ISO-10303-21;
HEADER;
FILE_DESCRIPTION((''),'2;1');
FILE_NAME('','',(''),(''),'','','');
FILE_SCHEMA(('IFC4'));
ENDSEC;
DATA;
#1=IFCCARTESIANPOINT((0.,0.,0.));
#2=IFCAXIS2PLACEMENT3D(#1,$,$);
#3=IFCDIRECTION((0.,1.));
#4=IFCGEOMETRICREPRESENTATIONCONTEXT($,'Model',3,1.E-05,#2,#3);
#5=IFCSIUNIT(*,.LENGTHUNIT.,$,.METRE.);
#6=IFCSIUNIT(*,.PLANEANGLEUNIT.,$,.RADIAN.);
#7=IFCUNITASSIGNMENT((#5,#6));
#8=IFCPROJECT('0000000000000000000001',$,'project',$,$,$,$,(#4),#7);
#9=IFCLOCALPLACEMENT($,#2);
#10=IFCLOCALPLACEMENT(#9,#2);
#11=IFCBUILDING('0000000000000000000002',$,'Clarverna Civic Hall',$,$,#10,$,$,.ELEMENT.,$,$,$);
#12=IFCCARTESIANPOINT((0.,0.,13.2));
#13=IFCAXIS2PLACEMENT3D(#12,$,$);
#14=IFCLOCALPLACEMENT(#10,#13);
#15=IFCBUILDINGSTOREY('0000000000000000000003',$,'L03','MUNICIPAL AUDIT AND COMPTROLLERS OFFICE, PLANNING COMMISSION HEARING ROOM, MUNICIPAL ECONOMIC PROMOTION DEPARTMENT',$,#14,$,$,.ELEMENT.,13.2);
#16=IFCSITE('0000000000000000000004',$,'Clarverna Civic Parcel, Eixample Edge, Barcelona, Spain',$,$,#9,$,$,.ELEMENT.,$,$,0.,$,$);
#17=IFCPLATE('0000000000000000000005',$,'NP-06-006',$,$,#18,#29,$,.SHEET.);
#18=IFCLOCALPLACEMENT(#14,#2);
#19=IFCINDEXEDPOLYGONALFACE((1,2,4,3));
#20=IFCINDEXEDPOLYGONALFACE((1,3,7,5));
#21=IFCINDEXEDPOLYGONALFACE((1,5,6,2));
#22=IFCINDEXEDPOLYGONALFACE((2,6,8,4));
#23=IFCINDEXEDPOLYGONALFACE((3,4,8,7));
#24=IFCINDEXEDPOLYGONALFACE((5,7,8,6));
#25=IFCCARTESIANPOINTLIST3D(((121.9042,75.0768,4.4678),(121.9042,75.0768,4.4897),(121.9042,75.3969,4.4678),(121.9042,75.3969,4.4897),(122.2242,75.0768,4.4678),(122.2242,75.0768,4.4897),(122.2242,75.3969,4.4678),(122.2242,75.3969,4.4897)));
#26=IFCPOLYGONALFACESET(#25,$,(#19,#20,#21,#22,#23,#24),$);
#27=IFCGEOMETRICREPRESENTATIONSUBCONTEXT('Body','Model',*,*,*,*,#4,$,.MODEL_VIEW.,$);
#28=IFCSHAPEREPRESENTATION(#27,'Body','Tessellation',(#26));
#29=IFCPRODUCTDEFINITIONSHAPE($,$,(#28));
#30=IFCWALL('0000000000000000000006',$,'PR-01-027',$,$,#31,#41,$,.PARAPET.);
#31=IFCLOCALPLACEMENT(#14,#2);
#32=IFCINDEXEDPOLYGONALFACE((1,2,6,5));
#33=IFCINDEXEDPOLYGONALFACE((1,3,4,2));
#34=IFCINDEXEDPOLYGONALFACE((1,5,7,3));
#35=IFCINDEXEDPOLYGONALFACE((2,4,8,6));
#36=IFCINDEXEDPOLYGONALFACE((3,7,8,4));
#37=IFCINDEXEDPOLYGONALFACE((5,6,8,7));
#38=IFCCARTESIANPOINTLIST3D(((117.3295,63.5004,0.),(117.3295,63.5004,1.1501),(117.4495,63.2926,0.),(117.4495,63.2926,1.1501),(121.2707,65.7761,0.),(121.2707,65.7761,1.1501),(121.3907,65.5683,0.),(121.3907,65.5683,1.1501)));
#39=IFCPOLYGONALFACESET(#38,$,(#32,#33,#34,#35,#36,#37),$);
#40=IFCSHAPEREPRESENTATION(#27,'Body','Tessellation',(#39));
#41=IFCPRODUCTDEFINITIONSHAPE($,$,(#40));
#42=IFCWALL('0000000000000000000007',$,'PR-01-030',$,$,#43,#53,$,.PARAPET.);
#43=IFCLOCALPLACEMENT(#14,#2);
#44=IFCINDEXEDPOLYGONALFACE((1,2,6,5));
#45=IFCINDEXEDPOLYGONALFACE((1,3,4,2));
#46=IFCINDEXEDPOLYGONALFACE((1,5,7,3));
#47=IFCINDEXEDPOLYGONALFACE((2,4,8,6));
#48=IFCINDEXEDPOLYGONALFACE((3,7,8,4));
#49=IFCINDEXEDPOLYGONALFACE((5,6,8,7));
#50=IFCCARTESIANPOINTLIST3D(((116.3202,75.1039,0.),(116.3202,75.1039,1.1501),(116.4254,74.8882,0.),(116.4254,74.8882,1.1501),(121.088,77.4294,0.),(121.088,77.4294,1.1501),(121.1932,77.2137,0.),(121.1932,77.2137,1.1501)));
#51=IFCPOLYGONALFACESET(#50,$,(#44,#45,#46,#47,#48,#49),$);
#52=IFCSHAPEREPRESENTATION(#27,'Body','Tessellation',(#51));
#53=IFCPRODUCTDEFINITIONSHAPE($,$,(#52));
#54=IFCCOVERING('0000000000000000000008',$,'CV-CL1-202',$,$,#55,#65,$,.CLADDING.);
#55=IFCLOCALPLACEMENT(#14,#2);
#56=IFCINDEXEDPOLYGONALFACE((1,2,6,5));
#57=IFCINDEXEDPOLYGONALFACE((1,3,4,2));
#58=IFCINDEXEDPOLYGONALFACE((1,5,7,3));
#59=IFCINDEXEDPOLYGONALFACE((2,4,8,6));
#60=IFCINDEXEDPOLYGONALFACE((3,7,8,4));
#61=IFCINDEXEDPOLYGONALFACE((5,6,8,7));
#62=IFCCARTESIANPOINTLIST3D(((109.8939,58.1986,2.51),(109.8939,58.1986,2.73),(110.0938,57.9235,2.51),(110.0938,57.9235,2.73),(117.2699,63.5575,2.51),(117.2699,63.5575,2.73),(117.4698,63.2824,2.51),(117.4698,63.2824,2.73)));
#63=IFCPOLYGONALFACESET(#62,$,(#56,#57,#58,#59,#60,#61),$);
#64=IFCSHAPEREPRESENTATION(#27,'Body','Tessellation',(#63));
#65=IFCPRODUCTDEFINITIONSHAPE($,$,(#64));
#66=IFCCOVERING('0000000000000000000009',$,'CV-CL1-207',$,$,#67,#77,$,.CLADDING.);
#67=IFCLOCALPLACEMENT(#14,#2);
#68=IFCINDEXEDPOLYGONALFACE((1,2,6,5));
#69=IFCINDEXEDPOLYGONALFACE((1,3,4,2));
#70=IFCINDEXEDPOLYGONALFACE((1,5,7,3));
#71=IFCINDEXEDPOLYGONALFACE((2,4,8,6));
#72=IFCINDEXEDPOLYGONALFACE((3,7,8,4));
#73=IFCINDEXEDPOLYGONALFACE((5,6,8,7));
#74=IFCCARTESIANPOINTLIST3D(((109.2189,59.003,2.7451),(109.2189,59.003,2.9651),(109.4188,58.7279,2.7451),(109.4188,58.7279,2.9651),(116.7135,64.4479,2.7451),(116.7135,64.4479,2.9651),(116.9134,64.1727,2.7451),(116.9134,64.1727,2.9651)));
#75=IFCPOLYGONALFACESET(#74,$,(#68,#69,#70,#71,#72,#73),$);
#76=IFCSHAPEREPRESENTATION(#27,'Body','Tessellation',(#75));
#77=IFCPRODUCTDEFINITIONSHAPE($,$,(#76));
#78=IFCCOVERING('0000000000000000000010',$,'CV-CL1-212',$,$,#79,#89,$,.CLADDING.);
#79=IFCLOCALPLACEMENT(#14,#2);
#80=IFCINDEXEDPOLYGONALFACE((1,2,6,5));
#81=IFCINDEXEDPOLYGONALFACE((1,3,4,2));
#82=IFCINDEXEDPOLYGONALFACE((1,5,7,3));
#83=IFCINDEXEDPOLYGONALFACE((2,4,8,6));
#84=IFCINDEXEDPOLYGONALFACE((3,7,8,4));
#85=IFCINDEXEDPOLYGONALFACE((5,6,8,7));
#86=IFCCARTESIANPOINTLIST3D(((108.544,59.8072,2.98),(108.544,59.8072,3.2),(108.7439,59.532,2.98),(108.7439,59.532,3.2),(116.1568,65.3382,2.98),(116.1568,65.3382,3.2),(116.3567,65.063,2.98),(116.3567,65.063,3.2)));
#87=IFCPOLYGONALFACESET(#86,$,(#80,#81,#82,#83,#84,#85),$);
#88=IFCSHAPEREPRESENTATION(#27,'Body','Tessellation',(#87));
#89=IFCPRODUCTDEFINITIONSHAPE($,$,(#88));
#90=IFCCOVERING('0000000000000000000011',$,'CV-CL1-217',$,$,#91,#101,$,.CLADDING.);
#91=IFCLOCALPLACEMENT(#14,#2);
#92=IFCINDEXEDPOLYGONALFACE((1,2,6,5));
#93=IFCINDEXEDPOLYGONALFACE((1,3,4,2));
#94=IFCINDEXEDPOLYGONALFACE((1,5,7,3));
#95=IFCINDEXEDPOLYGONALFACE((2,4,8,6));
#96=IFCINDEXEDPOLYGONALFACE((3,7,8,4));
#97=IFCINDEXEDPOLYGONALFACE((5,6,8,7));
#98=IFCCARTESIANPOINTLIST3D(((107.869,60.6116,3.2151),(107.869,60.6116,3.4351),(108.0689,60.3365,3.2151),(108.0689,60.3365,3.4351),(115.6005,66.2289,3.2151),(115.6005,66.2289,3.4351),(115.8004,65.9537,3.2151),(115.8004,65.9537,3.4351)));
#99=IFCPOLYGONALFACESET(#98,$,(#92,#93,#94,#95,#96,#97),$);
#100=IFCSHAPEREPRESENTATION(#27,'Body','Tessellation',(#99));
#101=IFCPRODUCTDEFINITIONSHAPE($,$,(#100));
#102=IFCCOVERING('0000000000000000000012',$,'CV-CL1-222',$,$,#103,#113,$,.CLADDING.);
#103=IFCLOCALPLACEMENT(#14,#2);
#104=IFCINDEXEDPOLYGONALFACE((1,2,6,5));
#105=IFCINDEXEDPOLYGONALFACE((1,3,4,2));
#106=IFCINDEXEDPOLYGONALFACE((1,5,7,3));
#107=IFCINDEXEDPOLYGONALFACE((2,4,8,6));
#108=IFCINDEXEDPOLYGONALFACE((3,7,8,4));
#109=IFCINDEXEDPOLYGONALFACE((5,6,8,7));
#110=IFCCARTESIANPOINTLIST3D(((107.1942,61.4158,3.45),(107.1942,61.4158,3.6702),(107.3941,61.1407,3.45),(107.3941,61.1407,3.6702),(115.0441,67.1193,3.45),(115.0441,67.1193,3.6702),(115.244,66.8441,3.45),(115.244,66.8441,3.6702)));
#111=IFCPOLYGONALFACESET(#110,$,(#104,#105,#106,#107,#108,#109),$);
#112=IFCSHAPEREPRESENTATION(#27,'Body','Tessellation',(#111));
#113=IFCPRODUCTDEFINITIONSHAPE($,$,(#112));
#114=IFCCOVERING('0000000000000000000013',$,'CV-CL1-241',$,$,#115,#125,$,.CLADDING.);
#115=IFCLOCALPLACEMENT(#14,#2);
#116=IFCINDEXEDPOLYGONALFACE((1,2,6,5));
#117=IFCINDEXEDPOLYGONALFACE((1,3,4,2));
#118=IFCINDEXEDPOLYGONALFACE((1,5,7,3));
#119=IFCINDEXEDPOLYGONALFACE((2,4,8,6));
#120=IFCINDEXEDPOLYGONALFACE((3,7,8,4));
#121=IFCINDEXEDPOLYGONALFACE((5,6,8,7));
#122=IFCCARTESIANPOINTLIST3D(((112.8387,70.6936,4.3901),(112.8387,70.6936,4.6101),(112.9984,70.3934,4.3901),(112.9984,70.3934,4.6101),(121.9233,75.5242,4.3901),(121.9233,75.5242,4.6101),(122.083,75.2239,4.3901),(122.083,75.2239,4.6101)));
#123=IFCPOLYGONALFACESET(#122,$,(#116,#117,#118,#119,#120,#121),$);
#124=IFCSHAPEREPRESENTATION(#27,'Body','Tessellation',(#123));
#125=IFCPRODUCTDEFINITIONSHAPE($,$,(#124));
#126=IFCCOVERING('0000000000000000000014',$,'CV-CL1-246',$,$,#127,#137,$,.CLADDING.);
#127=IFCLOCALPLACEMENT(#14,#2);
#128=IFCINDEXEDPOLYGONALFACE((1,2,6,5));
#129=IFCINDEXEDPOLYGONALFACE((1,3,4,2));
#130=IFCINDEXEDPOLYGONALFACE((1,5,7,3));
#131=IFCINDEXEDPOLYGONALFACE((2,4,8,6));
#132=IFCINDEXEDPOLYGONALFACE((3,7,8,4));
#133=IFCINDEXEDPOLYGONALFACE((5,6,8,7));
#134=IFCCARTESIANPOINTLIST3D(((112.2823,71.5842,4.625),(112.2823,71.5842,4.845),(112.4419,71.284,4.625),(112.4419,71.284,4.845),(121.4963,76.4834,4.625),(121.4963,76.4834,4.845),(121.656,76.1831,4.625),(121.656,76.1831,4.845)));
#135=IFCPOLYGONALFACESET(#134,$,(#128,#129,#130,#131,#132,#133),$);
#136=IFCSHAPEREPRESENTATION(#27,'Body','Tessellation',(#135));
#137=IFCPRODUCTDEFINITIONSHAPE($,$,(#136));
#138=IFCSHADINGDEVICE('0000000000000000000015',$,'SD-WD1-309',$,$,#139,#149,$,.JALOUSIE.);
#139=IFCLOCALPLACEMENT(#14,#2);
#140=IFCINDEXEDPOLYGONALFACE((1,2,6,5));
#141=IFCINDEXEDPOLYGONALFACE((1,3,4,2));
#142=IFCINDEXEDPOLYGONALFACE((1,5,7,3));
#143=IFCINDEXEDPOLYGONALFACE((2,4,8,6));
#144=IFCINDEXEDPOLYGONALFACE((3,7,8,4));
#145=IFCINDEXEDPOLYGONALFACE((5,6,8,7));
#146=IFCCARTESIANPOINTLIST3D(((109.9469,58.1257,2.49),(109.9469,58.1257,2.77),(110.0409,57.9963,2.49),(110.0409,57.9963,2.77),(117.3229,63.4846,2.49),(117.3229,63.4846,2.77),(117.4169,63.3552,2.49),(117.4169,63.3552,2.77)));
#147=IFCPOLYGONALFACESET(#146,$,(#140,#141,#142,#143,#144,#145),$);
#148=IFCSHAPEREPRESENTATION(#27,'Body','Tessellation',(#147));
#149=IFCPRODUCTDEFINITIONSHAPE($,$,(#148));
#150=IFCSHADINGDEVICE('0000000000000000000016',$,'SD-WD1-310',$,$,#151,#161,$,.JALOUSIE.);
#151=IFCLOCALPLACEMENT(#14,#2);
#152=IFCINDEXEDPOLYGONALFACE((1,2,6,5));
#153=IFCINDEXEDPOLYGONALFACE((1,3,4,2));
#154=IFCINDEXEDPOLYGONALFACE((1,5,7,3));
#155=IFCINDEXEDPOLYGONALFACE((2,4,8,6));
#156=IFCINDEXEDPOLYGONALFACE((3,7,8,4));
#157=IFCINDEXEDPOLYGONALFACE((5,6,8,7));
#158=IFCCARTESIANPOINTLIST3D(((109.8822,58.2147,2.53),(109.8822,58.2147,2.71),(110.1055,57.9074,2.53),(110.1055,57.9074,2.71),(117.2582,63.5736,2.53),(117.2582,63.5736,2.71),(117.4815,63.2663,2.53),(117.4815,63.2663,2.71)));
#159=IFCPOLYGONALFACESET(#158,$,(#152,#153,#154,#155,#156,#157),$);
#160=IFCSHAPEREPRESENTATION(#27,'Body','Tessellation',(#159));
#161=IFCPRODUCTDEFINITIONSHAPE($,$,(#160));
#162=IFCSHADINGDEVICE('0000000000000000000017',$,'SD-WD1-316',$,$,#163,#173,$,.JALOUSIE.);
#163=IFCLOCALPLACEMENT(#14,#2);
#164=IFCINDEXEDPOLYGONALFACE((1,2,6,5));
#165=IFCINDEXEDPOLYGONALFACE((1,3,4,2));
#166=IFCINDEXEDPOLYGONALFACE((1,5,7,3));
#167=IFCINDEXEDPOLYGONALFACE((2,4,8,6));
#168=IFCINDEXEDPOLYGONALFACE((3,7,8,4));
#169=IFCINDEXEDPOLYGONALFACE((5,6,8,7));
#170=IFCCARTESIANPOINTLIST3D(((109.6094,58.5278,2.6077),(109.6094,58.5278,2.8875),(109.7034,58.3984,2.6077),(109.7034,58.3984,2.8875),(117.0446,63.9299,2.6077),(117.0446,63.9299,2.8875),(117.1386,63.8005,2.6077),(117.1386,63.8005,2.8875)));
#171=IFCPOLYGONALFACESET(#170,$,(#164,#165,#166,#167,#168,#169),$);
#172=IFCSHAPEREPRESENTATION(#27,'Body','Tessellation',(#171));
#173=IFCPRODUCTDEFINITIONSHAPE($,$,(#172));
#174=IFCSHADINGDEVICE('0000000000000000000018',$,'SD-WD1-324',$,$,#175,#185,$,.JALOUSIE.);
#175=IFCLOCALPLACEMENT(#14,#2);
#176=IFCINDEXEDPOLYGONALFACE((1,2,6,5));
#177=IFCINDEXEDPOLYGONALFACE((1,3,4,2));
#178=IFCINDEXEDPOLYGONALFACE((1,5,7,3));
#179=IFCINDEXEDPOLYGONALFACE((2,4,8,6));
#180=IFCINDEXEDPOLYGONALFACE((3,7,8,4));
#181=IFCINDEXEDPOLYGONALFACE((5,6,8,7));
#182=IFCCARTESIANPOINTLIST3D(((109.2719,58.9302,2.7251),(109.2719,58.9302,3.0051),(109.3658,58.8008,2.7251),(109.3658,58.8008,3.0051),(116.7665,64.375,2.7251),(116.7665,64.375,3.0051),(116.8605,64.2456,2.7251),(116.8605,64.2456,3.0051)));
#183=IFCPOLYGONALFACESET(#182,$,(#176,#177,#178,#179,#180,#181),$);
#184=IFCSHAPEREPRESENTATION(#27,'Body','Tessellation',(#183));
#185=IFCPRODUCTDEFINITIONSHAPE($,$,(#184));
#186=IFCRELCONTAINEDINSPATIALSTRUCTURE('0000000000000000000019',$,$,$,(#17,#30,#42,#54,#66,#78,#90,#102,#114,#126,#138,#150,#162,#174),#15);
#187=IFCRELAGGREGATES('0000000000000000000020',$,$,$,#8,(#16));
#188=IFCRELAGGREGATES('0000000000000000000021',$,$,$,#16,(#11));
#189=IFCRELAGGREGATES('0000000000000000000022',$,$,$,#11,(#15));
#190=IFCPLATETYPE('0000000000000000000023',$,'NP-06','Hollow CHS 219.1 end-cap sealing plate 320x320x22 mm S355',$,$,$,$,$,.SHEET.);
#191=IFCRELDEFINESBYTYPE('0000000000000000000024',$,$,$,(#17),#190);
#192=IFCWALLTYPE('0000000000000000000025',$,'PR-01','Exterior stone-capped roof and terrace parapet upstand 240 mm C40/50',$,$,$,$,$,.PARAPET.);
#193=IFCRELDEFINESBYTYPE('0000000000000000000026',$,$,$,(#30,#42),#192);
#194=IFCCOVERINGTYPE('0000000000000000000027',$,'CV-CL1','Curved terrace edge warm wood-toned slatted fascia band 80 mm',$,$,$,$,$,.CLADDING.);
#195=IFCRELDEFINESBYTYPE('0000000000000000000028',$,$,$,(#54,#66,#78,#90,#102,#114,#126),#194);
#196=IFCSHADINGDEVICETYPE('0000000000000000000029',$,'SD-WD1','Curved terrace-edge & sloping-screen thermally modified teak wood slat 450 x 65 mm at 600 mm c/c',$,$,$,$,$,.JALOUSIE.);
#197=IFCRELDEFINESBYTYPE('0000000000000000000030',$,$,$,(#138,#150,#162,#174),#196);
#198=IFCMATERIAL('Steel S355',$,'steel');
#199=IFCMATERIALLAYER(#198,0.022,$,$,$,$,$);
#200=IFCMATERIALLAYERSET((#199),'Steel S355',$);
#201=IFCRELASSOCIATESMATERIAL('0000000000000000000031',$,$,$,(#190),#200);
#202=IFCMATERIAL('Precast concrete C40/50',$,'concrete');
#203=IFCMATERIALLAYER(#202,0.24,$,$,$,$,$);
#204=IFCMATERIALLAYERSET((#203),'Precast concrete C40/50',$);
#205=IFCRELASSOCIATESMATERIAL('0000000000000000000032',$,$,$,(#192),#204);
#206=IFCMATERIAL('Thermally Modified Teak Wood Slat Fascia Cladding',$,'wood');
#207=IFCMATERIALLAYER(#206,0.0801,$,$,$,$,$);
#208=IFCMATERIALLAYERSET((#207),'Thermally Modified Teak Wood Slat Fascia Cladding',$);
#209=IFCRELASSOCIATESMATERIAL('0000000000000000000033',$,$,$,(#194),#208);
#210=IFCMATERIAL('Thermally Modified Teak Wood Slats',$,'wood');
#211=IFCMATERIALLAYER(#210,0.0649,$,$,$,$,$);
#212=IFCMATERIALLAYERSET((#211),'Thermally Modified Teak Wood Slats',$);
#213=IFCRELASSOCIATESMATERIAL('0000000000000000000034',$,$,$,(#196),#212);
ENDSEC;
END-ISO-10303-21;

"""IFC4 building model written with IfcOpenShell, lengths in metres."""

from ifc_helpers import new_model, si_unit, direction, frame, frame_2d, origin, origin_2d, place, context, subcontext, project, spatial, rectangle, extrude, material, layer, layer_set, type_object, element, save


model = new_model("IFC4")

# Units and contexts
model_context = context("Model", 3, precision=1e-05, world=origin(), true_north=direction((0.0, 1.0)))
body_context = subcontext(model_context, "Body", "Model", "MODEL_VIEW")
ifc_project = project(units=[si_unit("LENGTHUNIT", "METRE"), si_unit("PLANEANGLEUNIT", "RADIAN")], contexts=[model_context])

# Site, building, storey
site_placement = place(None, origin())
site = spatial("IfcSite", under=ifc_project, at=site_placement, Name="Clarverna Civic Parcel, Eixample Edge, Barcelona, Spain", CompositionType="ELEMENT", RefElevation=0.0)
building_placement = place(site_placement, origin())
building = spatial("IfcBuilding", under=site, at=building_placement, Name="Clarverna Civic Hall", CompositionType="ELEMENT")
storey_placement = place(building_placement, frame((0.0, 0.0, 13.2)))
storey = spatial("IfcBuildingStorey", under=building, at=storey_placement, Name="L03", Description="MUNICIPAL AUDIT AND COMPTROLLERS OFFICE, PLANNING COMMISSION HEARING ROOM, MUNICIPAL ECONOMIC PROMOTION DEPARTMENT", CompositionType="ELEMENT", Elevation=13.2)

# Shared definitions
ifc_material_1 = material(Name="Steel S355", Category="steel")

# Plate
ifc_layer_1 = layer(ifc_material_1, 0.022)
ifc_layer_set_1 = layer_set([ifc_layer_1], Name="Steel S355")
plate_type = type_object("IfcPlateType", Name="NP-06", Description="Hollow CHS 219.1 end-cap sealing plate 320x320x22 mm S355", PredefinedType="SHEET", material=ifc_layer_set_1)
plate_placement = place(storey_placement, frame((122.0642, 75.2368, 4.4678), z_axis=(0.0, 0.0, 1.0), x_axis=(1.0, 0.0, 0.0)))
element("IfcPlate", 1, at=plate_placement, inside=storey, type_object=plate_type, Name="NP-06-006", PredefinedType="SHEET", context=body_context, shape_type="SweptSolid", body=[
    extrude(rectangle(XDim=0.3201, YDim=0.3201, at=origin_2d()), origin(), (0.0, 0.0, 1.0), 0.022),
])

# Walls
ifc_material_2 = material(Name="Precast concrete C40/50", Category="concrete")
ifc_layer_2 = layer(ifc_material_2, 0.24)
ifc_layer_set_2 = layer_set([ifc_layer_2], Name="Precast concrete C40/50")
wall_type = type_object("IfcWallType", Name="PR-01", Description="Exterior stone-capped roof and terrace parapet upstand 240 mm C40/50", PredefinedType="PARAPET", material=ifc_layer_set_2)
wall_1_placement = place(storey_placement, frame((121.3306, 65.6721, 0.0), z_axis=(0.0, 0.0, 1.0), x_axis=(-0.866006, -0.500034, 0.0)))
element("IfcWall", 2, at=wall_1_placement, inside=storey, type_object=wall_type, Name="PR-01-027", PredefinedType="PARAPET", context=body_context, shape_type="SweptSolid", body=[
    extrude(rectangle(XDim=4.551, YDim=0.24, at=frame_2d((2.2754, 0.0))), origin(), (0.0, 0.0, 1.0), 1.1501),
])
wall_2_placement = place(storey_placement, frame((116.3728, 74.9961, 0.0), z_axis=(0.0, 0.0, 1.0), x_axis=(0.898793, 0.438374, 0.0)))
element("IfcWall", 3, at=wall_2_placement, inside=storey, type_object=wall_type, Name="PR-01-030", PredefinedType="PARAPET", context=body_context, shape_type="SweptSolid", body=[
    extrude(rectangle(XDim=5.3047, YDim=0.24, at=frame_2d((2.6523, 0.0))), origin(), (0.0, 0.0, 1.0), 1.1501),
])

# Coverings
ifc_material_3 = material(Name="Thermally Modified Teak Wood Slat Fascia Cladding", Category="wood")
ifc_layer_3 = layer(ifc_material_3, 0.0801)
ifc_layer_set_3 = layer_set([ifc_layer_3], Name="Thermally Modified Teak Wood Slat Fascia Cladding")
covering_type = type_object("IfcCoveringType", Name="CV-CL1", Description="Curved terrace edge warm wood-toned slatted fascia band 80 mm", PredefinedType="CLADDING", material=ifc_layer_set_3)
covering_1_placement = place(storey_placement, frame((117.3699, 63.4199, 2.51), z_axis=(0.0, 0.0, 1.0), x_axis=(-0.809021, -0.58778, 0.0)))
element("IfcCovering", 4, at=covering_1_placement, inside=storey, type_object=covering_type, Name="CV-CL1-202", PredefinedType="CLADDING", context=body_context, shape_type="SweptSolid", body=[
    extrude(rectangle(XDim=9.1172, YDim=0.3401, at=frame_2d((4.5586, 0.0))), origin(), (0.0, 0.0, 1.0), 0.22),
])
covering_2_placement = place(storey_placement, frame((116.8135, 64.3103, 2.7451), z_axis=(0.0, 0.0, 1.0), x_axis=(-0.809035, -0.587761, 0.0)))
element("IfcCovering", 5, at=covering_2_placement, inside=storey, type_object=covering_type, Name="CV-CL1-207", PredefinedType="CLADDING", context=body_context, shape_type="SweptSolid", body=[
    extrude(rectangle(XDim=9.2637, YDim=0.3401, at=frame_2d((4.6318, 0.0))), origin(), (0.0, 0.0, 1.0), 0.22),
])
covering_3_placement = place(storey_placement, frame((116.2568, 65.2007, 2.98), z_axis=(0.0, 0.0, 1.0), x_axis=(-0.809018, -0.587784, 0.0)))
element("IfcCovering", 6, at=covering_3_placement, inside=storey, type_object=covering_type, Name="CV-CL1-212", PredefinedType="CLADDING", context=body_context, shape_type="SweptSolid", body=[
    extrude(rectangle(XDim=9.4099, YDim=0.3401, at=frame_2d((4.7051, 0.0))), origin(), (0.0, 0.0, 1.0), 0.22),
])
covering_4_placement = place(storey_placement, frame((115.7004, 66.0913, 3.2151), z_axis=(0.0, 0.0, 1.0), x_axis=(-0.809019, -0.587783, 0.0)))
element("IfcCovering", 7, at=covering_4_placement, inside=storey, type_object=covering_type, Name="CV-CL1-217", PredefinedType="CLADDING", context=body_context, shape_type="SweptSolid", body=[
    extrude(rectangle(XDim=9.5566, YDim=0.3401, at=frame_2d((4.7783, 0.0))), origin(), (0.0, 0.0, 1.0), 0.22),
])
covering_5_placement = place(storey_placement, frame((115.144, 66.9817, 3.45), z_axis=(0.0, 0.0, 1.0), x_axis=(-0.809011, -0.587793, 0.0)))
element("IfcCovering", 8, at=covering_5_placement, inside=storey, type_object=covering_type, Name="CV-CL1-222", PredefinedType="CLADDING", context=body_context, shape_type="SweptSolid", body=[
    extrude(rectangle(XDim=9.7031, YDim=0.3401, at=frame_2d((4.8516, 0.0))), origin(), (0.0, 0.0, 1.0), 0.2202),
])
covering_6_placement = place(storey_placement, frame((122.0032, 75.374, 4.3901), z_axis=(0.0, 0.0, 1.0), x_axis=(-0.882942, -0.469482, 0.0)))
element("IfcCovering", 9, at=covering_6_placement, inside=storey, type_object=covering_type, Name="CV-CL1-241", PredefinedType="CLADDING", context=body_context, shape_type="SweptSolid", body=[
    extrude(rectangle(XDim=10.2891, YDim=0.3401, at=frame_2d((5.1445, 0.0))), origin(), (0.0, 0.0, 1.0), 0.22),
])
covering_7_placement = place(storey_placement, frame((121.5762, 76.3333, 4.625), z_axis=(0.0, 0.0, 1.0), x_axis=(-0.88295, -0.469467, 0.0)))
element("IfcCovering", 10, at=covering_7_placement, inside=storey, type_object=covering_type, Name="CV-CL1-246", PredefinedType="CLADDING", context=body_context, shape_type="SweptSolid", body=[
    extrude(rectangle(XDim=10.4355, YDim=0.3401, at=frame_2d((5.2178, 0.0))), origin(), (0.0, 0.0, 1.0), 0.22),
])

# Shading devices
ifc_material_4 = material(Name="Thermally Modified Teak Wood Slats", Category="wood")
ifc_layer_4 = layer(ifc_material_4, 0.0649)
ifc_layer_set_4 = layer_set([ifc_layer_4], Name="Thermally Modified Teak Wood Slats")
shading_device_type = type_object("IfcShadingDeviceType", Name="SD-WD1", Description="Curved terrace-edge & sloping-screen thermally modified teak wood slat 450 x 65 mm at 600 mm c/c", PredefinedType="JALOUSIE", material=ifc_layer_set_4)
shading_device_1_placement = place(storey_placement, frame((117.3699, 63.4199, 2.49), z_axis=(0.0, 0.0, 1.0), x_axis=(-0.809021, -0.58778, 0.0)))
element("IfcShadingDevice", 11, at=shading_device_1_placement, inside=storey, type_object=shading_device_type, Name="SD-WD1-309", PredefinedType="JALOUSIE", context=body_context, shape_type="SweptSolid", body=[
    extrude(rectangle(XDim=9.1172, YDim=0.1599, at=frame_2d((4.5586, 0.0))), origin(), (0.0, 0.0, 1.0), 0.28),
])
shading_device_2_placement = place(storey_placement, frame((117.3699, 63.4199, 2.53), z_axis=(0.0, 0.0, 1.0), x_axis=(-0.809021, -0.58778, 0.0)))
element("IfcShadingDevice", 12, at=shading_device_2_placement, inside=storey, type_object=shading_device_type, Name="SD-WD1-310", PredefinedType="JALOUSIE", context=body_context, shape_type="SweptSolid", body=[
    extrude(rectangle(XDim=9.1172, YDim=0.3799, at=frame_2d((4.5586, 0.0))), origin(), (0.0, 0.0, 1.0), 0.1799),
])
shading_device_3_placement = place(storey_placement, frame((117.0916, 63.8652, 2.6077), z_axis=(0.0, 0.0, 1.0), x_axis=(-0.809006, -0.5878, 0.0)))
element("IfcShadingDevice", 13, at=shading_device_3_placement, inside=storey, type_object=shading_device_type, Name="SD-WD1-316", PredefinedType="JALOUSIE", context=body_context, shape_type="SweptSolid", body=[
    extrude(rectangle(XDim=9.1904, YDim=0.1599, at=frame_2d((4.5952, 0.0))), origin(), (0.0, 0.0, 1.0), 0.2798),
])
shading_device_4_placement = place(storey_placement, frame((116.8135, 64.3103, 2.7251), z_axis=(0.0, 0.0, 1.0), x_axis=(-0.809035, -0.587761, 0.0)))
element("IfcShadingDevice", 14, at=shading_device_4_placement, inside=storey, type_object=shading_device_type, Name="SD-WD1-324", PredefinedType="JALOUSIE", context=body_context, shape_type="SweptSolid", body=[
    extrude(rectangle(XDim=9.2637, YDim=0.1599, at=frame_2d((4.6318, 0.0))), origin(), (0.0, 0.0, 1.0), 0.28),
])

save(model, "model.ifc")
